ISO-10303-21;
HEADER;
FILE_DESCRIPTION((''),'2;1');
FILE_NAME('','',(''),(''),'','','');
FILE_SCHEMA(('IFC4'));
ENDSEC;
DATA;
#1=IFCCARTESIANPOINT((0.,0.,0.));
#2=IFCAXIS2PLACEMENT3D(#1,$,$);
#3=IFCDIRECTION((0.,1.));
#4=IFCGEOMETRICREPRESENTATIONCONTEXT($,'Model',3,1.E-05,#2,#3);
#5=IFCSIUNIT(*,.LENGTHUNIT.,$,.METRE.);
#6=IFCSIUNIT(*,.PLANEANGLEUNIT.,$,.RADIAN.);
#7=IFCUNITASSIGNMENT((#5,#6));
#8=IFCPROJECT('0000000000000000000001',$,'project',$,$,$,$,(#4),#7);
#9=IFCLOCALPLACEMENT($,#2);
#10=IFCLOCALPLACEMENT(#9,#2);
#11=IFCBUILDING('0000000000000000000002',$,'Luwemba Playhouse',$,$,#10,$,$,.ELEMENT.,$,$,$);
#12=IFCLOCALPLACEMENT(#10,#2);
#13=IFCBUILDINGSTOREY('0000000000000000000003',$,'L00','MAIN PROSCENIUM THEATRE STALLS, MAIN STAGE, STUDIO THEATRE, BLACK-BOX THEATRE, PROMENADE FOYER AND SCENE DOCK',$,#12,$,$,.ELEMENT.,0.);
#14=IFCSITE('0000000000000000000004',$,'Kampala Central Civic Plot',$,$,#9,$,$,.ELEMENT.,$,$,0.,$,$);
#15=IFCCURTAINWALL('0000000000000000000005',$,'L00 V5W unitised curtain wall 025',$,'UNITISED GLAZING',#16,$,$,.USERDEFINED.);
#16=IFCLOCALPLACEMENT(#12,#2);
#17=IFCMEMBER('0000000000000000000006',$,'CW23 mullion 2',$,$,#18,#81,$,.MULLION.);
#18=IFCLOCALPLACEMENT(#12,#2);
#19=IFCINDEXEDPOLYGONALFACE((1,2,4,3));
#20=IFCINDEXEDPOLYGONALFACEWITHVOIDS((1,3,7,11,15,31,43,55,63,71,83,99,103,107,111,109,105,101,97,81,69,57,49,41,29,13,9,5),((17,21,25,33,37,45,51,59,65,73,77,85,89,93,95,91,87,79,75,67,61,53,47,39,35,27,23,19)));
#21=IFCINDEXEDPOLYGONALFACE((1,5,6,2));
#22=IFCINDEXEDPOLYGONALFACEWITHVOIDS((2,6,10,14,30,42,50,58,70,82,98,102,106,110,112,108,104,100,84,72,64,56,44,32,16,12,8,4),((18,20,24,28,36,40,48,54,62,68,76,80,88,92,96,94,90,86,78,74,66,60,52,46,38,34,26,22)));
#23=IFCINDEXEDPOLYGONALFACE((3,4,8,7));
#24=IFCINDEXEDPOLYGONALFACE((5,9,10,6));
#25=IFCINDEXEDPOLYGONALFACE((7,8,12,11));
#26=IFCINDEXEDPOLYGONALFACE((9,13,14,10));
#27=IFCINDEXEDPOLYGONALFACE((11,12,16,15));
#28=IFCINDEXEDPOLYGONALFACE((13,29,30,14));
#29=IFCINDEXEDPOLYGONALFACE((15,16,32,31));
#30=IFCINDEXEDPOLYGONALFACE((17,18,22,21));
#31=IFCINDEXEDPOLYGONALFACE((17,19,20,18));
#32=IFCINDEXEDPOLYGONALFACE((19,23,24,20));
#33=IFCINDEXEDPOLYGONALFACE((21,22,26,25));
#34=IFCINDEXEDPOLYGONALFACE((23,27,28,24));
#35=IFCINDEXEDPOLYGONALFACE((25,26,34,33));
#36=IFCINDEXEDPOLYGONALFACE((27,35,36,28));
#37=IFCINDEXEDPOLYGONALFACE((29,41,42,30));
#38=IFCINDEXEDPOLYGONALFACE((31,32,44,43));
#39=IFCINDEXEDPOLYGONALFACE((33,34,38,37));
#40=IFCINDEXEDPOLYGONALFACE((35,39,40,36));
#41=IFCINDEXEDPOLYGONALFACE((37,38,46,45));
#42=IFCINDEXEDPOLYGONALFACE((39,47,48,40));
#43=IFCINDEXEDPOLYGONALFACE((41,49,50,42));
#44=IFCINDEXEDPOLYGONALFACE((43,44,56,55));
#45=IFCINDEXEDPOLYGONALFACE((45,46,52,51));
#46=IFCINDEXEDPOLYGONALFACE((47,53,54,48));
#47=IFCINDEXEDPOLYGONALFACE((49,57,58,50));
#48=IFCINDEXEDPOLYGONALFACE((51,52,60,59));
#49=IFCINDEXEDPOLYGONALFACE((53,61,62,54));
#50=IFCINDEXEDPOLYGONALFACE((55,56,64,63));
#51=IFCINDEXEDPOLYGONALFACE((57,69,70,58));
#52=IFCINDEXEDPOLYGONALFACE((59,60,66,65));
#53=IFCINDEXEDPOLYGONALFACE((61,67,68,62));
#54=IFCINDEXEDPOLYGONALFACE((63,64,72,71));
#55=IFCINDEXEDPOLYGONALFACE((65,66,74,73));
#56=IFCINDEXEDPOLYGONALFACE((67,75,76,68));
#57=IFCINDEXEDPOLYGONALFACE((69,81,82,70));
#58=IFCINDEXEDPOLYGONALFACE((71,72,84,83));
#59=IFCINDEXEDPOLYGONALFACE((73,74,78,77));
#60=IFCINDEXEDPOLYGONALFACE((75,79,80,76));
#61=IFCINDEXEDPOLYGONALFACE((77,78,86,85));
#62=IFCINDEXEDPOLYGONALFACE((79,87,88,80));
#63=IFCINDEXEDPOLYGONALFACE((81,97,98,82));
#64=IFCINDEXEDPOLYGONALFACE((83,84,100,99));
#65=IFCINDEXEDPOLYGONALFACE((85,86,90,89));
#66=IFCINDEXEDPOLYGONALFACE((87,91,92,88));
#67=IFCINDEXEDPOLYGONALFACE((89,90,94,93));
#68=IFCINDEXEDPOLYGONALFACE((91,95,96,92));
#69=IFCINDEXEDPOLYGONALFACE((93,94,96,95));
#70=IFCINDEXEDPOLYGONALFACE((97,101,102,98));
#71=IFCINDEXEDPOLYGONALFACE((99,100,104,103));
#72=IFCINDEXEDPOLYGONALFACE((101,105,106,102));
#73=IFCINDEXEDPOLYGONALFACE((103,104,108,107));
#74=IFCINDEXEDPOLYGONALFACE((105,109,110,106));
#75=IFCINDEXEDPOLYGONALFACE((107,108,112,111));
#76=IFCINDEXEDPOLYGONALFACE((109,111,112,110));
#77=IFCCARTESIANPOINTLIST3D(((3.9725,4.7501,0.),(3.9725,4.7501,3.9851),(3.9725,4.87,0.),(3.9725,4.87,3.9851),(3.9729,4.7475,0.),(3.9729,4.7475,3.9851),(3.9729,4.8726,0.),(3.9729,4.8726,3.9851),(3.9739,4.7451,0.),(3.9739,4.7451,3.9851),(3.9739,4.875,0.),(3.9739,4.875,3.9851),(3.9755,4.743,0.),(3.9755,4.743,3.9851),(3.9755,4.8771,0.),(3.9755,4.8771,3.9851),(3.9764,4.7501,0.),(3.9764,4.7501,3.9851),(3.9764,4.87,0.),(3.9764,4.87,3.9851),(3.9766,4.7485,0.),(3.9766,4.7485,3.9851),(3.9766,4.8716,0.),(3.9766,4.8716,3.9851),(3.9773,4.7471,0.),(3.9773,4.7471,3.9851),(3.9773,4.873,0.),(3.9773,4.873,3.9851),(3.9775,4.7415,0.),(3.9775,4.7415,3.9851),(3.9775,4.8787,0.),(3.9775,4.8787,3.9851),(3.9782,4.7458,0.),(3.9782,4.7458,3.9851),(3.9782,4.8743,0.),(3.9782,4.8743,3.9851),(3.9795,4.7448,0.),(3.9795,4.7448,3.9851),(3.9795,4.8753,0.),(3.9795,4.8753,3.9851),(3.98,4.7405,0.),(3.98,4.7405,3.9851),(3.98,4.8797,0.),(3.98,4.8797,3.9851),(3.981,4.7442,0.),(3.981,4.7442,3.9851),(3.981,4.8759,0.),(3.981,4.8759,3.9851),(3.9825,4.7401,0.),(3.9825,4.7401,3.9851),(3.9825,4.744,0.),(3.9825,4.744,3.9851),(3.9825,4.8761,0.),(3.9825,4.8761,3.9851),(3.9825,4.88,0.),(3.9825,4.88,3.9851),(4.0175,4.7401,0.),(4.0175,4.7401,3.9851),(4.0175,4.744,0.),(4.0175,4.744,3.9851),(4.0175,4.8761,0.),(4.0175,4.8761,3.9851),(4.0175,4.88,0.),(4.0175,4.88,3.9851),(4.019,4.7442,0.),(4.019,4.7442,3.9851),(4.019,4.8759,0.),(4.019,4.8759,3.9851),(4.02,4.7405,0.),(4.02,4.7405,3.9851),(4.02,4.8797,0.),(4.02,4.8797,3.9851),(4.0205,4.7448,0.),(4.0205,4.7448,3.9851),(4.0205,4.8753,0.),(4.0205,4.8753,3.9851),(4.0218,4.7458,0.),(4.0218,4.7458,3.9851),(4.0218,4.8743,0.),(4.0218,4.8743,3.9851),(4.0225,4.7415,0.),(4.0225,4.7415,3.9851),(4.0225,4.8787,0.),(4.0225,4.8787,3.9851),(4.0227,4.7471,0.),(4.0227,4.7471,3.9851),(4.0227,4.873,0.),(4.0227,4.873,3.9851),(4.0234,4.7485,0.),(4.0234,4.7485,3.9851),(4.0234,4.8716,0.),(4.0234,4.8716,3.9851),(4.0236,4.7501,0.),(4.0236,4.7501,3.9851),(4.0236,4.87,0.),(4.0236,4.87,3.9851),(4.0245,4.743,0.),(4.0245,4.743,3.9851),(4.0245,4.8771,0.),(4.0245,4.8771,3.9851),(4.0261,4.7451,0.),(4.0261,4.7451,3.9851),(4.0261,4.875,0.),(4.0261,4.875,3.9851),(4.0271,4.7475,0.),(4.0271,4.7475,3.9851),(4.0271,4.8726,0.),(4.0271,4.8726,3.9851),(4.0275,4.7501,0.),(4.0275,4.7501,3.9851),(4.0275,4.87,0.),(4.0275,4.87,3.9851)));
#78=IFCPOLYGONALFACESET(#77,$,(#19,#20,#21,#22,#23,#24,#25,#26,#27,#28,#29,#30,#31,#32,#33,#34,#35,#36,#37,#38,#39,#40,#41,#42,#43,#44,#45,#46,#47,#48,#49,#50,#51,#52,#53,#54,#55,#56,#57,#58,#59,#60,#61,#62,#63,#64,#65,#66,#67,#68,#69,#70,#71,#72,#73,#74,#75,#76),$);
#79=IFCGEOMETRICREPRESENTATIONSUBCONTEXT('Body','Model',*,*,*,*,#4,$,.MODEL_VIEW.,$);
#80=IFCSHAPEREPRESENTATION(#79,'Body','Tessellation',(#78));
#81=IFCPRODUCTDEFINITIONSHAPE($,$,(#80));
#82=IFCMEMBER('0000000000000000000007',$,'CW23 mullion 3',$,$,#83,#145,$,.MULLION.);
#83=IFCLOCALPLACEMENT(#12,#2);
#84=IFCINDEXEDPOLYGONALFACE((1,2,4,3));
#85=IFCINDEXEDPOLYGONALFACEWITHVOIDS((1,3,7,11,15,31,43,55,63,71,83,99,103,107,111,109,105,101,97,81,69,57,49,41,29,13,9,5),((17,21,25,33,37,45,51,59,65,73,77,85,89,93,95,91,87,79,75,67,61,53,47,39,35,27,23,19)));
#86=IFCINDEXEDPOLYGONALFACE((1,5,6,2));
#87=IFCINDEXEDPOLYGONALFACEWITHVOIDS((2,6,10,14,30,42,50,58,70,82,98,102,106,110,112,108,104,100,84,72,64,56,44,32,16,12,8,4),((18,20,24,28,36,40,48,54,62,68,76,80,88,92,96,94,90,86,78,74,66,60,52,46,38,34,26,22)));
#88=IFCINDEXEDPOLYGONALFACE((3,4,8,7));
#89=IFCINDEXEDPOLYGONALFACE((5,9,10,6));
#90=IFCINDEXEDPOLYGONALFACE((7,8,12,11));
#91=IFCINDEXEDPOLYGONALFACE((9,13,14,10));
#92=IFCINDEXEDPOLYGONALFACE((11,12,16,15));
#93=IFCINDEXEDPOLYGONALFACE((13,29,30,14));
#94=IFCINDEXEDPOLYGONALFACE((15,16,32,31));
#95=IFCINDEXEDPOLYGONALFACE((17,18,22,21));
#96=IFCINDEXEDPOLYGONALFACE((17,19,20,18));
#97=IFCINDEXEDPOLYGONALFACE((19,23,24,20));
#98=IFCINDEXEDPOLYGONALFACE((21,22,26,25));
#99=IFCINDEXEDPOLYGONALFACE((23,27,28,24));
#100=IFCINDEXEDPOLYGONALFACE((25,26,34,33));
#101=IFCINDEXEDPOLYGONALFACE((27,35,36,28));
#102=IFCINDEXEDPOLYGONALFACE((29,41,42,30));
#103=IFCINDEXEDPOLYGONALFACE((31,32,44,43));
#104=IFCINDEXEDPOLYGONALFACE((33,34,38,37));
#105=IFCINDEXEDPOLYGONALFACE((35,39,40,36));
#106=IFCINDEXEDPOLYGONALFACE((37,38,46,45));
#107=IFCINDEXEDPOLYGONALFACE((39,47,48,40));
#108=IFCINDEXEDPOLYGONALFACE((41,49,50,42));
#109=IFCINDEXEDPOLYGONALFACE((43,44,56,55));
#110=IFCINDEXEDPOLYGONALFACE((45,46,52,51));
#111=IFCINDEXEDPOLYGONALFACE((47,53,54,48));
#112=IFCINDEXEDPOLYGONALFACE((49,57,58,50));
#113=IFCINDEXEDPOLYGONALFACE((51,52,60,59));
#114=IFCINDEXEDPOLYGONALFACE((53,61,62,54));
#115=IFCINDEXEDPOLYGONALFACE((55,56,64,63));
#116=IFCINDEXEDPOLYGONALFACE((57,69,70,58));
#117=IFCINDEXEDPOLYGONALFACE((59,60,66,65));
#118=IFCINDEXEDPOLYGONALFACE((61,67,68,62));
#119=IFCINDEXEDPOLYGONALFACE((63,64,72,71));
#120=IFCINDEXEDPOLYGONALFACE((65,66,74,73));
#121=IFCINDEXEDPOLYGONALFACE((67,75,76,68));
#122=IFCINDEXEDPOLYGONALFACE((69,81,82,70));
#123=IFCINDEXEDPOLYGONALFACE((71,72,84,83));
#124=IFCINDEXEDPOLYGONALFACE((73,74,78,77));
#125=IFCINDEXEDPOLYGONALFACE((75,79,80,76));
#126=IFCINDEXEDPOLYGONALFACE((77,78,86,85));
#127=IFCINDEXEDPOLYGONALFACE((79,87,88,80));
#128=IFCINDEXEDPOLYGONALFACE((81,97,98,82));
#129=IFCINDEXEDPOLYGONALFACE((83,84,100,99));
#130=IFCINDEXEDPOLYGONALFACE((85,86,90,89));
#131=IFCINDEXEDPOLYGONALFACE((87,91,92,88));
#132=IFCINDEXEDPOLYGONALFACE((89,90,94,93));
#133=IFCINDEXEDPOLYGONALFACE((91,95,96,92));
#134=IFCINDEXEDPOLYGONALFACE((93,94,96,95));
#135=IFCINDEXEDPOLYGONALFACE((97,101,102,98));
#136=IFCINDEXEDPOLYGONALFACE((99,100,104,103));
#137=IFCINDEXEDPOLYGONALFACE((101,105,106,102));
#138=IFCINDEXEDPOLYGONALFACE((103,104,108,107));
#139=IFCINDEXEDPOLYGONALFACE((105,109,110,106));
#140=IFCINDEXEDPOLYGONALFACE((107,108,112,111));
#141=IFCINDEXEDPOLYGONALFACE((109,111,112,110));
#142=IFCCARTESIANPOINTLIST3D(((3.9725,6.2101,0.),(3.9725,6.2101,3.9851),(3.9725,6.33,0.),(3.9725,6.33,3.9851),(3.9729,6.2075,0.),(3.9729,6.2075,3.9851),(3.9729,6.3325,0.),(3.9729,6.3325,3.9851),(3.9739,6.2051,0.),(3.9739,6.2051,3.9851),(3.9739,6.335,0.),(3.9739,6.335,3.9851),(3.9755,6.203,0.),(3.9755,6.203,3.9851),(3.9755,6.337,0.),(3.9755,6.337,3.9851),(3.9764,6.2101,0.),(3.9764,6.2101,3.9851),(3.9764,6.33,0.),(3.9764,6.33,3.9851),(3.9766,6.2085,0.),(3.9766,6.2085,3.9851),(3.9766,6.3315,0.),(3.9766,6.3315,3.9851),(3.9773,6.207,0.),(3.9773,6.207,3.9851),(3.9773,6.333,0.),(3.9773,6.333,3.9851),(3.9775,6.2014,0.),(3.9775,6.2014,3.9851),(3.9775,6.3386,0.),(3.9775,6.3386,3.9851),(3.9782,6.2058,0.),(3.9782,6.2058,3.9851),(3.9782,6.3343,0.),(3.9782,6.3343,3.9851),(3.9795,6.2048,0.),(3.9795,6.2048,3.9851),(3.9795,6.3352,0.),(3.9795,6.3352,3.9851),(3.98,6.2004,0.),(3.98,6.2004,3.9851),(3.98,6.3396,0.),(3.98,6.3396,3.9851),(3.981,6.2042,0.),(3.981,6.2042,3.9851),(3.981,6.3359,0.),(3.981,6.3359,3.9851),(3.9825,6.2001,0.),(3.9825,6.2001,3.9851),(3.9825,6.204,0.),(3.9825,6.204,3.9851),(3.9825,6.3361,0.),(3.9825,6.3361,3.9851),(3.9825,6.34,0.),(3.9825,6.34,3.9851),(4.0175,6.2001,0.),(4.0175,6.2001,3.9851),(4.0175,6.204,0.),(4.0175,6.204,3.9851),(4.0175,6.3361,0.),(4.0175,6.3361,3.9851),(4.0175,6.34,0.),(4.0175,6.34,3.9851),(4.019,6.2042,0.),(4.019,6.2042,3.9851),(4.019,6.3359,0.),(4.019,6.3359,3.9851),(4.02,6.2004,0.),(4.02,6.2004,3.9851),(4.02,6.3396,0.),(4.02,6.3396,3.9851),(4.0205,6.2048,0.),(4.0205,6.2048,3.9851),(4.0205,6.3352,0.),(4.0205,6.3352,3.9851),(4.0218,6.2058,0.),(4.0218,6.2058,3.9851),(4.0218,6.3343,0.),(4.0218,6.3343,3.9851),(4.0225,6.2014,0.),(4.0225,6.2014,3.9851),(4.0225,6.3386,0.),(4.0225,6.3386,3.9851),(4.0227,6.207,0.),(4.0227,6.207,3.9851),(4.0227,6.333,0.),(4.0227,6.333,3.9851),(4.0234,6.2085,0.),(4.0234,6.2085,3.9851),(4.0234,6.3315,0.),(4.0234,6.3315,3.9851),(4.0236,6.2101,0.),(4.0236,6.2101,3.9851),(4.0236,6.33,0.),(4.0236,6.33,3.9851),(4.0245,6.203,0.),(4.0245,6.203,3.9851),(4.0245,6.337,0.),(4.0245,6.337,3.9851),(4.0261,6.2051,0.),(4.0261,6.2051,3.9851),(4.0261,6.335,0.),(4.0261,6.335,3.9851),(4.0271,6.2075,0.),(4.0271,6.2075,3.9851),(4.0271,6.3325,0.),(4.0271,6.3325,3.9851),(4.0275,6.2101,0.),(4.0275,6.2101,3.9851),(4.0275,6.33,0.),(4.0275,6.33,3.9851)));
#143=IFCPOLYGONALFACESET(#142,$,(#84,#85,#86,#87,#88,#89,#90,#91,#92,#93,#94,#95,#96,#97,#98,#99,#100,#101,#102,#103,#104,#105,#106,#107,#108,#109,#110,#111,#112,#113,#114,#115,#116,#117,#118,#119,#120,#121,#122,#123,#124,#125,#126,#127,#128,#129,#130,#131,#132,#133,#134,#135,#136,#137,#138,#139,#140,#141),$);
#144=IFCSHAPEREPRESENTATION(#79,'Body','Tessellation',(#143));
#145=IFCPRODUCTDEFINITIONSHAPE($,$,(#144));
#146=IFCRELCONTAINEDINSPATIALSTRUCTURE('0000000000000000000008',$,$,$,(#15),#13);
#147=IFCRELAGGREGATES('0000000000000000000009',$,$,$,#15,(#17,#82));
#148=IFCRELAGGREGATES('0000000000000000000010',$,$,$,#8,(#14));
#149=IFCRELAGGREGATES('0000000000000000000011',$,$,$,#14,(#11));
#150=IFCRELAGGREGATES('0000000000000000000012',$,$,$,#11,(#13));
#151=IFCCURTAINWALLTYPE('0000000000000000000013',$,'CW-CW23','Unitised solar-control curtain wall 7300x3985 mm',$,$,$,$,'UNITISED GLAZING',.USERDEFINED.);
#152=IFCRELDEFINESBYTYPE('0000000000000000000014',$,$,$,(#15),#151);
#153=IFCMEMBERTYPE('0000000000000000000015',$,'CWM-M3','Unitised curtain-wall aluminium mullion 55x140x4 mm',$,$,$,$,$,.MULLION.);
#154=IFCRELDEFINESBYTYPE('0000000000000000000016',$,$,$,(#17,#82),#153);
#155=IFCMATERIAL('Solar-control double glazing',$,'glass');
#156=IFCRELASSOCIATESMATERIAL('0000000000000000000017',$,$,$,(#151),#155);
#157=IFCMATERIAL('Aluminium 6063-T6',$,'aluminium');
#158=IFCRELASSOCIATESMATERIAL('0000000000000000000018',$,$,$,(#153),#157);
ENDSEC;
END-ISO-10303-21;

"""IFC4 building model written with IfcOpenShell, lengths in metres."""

from ifc_helpers import new_model, si_unit, direction, frame, origin, origin_2d, place, context, subcontext, project, spatial, hollow_rectangle, extrude, material, material_profile, profile_set, type_object, element, aggregate, save


model = new_model("IFC4")

# Units and contexts
model_context = context("Model", 3, precision=1e-05, world=origin(), true_north=direction((0.0, 1.0)))
body_context = subcontext(model_context, "Body", "Model", "MODEL_VIEW")
ifc_project = project(units=[si_unit("LENGTHUNIT", "METRE"), si_unit("PLANEANGLEUNIT", "RADIAN")], contexts=[model_context])

# Site, building, storey
site_placement = place(None, origin())
site = spatial("IfcSite", under=ifc_project, at=site_placement, Name="Kampala Central Civic Plot", CompositionType="ELEMENT", RefElevation=0.0)
building_placement = place(site_placement, origin())
building = spatial("IfcBuilding", under=site, at=building_placement, Name="Luwemba Playhouse", CompositionType="ELEMENT")
storey_placement = place(building_placement, origin())
storey = spatial("IfcBuildingStorey", under=building, at=storey_placement, Name="L00", Description="MAIN PROSCENIUM THEATRE STALLS, MAIN STAGE, STUDIO THEATRE, BLACK-BOX THEATRE, PROMENADE FOYER AND SCENE DOCK", CompositionType="ELEMENT", Elevation=0.0)

# Curtain wall, members
ifc_material_1 = material(Name="Solar-control double glazing", Category="glass")
curtain_wall_type = type_object("IfcCurtainWallType", Name="CW-CW23", Description="Unitised solar-control curtain wall 7300x3985 mm", ElementType="UNITISED GLAZING", PredefinedType="USERDEFINED", material=ifc_material_1)
curtain_wall_placement = place(storey_placement, origin())
curtain_wall = element("IfcCurtainWall", 1, at=curtain_wall_placement, inside=storey, type_object=curtain_wall_type, Name="L00 V5W unitised curtain wall 025", ObjectType="UNITISED GLAZING", PredefinedType="USERDEFINED")
ifc_material_2 = material(Name="Aluminium 6063-T6", Category="aluminium")
ifc_material_profile_1 = material_profile(ifc_material_2, hollow_rectangle(XDim=0.0549, YDim=0.1399, WallThickness=0.0039, InnerFilletRadius=0.0061, OuterFilletRadius=0.01, at=origin_2d()))
ifc_profile_set_1 = profile_set([ifc_material_profile_1], Name="Aluminium 6063-T6")
member_type_1 = type_object("IfcMemberType", Name="CWM-M3", Description="Unitised curtain-wall aluminium mullion 55x140x4 mm", PredefinedType="MULLION", material=ifc_profile_set_1)
member_1_placement = place(storey_placement, frame((4.0, 4.8101, 0.0), z_axis=(0.0, 0.0, 1.0), x_axis=(-1.0, 0.0, 0.0)))
member_1 = element("IfcMember", 2, at=member_1_placement, type_object=member_type_1, Name="CW23 mullion 2", PredefinedType="MULLION", context=body_context, shape_type="SweptSolid", body=[
    extrude(hollow_rectangle(XDim=0.0549, YDim=0.1399, WallThickness=0.0039, InnerFilletRadius=0.0061, OuterFilletRadius=0.01, at=origin_2d()), origin(), (0.0, 0.0, 1.0), 3.9851),
])
member_2_placement = place(storey_placement, frame((4.0, 6.27, 0.0), z_axis=(0.0, 0.0, 1.0), x_axis=(-1.0, 0.0, 0.0)))
member_2 = element("IfcMember", 3, at=member_2_placement, type_object=member_type_1, Name="CW23 mullion 3", PredefinedType="MULLION", context=body_context, shape_type="SweptSolid", body=[
    extrude(hollow_rectangle(XDim=0.0549, YDim=0.1399, WallThickness=0.0039, InnerFilletRadius=0.0061, OuterFilletRadius=0.01, at=origin_2d()), origin(), (0.0, 0.0, 1.0), 3.9851),
])
aggregate(curtain_wall, [member_1, member_2])

save(model, "model.ifc")
